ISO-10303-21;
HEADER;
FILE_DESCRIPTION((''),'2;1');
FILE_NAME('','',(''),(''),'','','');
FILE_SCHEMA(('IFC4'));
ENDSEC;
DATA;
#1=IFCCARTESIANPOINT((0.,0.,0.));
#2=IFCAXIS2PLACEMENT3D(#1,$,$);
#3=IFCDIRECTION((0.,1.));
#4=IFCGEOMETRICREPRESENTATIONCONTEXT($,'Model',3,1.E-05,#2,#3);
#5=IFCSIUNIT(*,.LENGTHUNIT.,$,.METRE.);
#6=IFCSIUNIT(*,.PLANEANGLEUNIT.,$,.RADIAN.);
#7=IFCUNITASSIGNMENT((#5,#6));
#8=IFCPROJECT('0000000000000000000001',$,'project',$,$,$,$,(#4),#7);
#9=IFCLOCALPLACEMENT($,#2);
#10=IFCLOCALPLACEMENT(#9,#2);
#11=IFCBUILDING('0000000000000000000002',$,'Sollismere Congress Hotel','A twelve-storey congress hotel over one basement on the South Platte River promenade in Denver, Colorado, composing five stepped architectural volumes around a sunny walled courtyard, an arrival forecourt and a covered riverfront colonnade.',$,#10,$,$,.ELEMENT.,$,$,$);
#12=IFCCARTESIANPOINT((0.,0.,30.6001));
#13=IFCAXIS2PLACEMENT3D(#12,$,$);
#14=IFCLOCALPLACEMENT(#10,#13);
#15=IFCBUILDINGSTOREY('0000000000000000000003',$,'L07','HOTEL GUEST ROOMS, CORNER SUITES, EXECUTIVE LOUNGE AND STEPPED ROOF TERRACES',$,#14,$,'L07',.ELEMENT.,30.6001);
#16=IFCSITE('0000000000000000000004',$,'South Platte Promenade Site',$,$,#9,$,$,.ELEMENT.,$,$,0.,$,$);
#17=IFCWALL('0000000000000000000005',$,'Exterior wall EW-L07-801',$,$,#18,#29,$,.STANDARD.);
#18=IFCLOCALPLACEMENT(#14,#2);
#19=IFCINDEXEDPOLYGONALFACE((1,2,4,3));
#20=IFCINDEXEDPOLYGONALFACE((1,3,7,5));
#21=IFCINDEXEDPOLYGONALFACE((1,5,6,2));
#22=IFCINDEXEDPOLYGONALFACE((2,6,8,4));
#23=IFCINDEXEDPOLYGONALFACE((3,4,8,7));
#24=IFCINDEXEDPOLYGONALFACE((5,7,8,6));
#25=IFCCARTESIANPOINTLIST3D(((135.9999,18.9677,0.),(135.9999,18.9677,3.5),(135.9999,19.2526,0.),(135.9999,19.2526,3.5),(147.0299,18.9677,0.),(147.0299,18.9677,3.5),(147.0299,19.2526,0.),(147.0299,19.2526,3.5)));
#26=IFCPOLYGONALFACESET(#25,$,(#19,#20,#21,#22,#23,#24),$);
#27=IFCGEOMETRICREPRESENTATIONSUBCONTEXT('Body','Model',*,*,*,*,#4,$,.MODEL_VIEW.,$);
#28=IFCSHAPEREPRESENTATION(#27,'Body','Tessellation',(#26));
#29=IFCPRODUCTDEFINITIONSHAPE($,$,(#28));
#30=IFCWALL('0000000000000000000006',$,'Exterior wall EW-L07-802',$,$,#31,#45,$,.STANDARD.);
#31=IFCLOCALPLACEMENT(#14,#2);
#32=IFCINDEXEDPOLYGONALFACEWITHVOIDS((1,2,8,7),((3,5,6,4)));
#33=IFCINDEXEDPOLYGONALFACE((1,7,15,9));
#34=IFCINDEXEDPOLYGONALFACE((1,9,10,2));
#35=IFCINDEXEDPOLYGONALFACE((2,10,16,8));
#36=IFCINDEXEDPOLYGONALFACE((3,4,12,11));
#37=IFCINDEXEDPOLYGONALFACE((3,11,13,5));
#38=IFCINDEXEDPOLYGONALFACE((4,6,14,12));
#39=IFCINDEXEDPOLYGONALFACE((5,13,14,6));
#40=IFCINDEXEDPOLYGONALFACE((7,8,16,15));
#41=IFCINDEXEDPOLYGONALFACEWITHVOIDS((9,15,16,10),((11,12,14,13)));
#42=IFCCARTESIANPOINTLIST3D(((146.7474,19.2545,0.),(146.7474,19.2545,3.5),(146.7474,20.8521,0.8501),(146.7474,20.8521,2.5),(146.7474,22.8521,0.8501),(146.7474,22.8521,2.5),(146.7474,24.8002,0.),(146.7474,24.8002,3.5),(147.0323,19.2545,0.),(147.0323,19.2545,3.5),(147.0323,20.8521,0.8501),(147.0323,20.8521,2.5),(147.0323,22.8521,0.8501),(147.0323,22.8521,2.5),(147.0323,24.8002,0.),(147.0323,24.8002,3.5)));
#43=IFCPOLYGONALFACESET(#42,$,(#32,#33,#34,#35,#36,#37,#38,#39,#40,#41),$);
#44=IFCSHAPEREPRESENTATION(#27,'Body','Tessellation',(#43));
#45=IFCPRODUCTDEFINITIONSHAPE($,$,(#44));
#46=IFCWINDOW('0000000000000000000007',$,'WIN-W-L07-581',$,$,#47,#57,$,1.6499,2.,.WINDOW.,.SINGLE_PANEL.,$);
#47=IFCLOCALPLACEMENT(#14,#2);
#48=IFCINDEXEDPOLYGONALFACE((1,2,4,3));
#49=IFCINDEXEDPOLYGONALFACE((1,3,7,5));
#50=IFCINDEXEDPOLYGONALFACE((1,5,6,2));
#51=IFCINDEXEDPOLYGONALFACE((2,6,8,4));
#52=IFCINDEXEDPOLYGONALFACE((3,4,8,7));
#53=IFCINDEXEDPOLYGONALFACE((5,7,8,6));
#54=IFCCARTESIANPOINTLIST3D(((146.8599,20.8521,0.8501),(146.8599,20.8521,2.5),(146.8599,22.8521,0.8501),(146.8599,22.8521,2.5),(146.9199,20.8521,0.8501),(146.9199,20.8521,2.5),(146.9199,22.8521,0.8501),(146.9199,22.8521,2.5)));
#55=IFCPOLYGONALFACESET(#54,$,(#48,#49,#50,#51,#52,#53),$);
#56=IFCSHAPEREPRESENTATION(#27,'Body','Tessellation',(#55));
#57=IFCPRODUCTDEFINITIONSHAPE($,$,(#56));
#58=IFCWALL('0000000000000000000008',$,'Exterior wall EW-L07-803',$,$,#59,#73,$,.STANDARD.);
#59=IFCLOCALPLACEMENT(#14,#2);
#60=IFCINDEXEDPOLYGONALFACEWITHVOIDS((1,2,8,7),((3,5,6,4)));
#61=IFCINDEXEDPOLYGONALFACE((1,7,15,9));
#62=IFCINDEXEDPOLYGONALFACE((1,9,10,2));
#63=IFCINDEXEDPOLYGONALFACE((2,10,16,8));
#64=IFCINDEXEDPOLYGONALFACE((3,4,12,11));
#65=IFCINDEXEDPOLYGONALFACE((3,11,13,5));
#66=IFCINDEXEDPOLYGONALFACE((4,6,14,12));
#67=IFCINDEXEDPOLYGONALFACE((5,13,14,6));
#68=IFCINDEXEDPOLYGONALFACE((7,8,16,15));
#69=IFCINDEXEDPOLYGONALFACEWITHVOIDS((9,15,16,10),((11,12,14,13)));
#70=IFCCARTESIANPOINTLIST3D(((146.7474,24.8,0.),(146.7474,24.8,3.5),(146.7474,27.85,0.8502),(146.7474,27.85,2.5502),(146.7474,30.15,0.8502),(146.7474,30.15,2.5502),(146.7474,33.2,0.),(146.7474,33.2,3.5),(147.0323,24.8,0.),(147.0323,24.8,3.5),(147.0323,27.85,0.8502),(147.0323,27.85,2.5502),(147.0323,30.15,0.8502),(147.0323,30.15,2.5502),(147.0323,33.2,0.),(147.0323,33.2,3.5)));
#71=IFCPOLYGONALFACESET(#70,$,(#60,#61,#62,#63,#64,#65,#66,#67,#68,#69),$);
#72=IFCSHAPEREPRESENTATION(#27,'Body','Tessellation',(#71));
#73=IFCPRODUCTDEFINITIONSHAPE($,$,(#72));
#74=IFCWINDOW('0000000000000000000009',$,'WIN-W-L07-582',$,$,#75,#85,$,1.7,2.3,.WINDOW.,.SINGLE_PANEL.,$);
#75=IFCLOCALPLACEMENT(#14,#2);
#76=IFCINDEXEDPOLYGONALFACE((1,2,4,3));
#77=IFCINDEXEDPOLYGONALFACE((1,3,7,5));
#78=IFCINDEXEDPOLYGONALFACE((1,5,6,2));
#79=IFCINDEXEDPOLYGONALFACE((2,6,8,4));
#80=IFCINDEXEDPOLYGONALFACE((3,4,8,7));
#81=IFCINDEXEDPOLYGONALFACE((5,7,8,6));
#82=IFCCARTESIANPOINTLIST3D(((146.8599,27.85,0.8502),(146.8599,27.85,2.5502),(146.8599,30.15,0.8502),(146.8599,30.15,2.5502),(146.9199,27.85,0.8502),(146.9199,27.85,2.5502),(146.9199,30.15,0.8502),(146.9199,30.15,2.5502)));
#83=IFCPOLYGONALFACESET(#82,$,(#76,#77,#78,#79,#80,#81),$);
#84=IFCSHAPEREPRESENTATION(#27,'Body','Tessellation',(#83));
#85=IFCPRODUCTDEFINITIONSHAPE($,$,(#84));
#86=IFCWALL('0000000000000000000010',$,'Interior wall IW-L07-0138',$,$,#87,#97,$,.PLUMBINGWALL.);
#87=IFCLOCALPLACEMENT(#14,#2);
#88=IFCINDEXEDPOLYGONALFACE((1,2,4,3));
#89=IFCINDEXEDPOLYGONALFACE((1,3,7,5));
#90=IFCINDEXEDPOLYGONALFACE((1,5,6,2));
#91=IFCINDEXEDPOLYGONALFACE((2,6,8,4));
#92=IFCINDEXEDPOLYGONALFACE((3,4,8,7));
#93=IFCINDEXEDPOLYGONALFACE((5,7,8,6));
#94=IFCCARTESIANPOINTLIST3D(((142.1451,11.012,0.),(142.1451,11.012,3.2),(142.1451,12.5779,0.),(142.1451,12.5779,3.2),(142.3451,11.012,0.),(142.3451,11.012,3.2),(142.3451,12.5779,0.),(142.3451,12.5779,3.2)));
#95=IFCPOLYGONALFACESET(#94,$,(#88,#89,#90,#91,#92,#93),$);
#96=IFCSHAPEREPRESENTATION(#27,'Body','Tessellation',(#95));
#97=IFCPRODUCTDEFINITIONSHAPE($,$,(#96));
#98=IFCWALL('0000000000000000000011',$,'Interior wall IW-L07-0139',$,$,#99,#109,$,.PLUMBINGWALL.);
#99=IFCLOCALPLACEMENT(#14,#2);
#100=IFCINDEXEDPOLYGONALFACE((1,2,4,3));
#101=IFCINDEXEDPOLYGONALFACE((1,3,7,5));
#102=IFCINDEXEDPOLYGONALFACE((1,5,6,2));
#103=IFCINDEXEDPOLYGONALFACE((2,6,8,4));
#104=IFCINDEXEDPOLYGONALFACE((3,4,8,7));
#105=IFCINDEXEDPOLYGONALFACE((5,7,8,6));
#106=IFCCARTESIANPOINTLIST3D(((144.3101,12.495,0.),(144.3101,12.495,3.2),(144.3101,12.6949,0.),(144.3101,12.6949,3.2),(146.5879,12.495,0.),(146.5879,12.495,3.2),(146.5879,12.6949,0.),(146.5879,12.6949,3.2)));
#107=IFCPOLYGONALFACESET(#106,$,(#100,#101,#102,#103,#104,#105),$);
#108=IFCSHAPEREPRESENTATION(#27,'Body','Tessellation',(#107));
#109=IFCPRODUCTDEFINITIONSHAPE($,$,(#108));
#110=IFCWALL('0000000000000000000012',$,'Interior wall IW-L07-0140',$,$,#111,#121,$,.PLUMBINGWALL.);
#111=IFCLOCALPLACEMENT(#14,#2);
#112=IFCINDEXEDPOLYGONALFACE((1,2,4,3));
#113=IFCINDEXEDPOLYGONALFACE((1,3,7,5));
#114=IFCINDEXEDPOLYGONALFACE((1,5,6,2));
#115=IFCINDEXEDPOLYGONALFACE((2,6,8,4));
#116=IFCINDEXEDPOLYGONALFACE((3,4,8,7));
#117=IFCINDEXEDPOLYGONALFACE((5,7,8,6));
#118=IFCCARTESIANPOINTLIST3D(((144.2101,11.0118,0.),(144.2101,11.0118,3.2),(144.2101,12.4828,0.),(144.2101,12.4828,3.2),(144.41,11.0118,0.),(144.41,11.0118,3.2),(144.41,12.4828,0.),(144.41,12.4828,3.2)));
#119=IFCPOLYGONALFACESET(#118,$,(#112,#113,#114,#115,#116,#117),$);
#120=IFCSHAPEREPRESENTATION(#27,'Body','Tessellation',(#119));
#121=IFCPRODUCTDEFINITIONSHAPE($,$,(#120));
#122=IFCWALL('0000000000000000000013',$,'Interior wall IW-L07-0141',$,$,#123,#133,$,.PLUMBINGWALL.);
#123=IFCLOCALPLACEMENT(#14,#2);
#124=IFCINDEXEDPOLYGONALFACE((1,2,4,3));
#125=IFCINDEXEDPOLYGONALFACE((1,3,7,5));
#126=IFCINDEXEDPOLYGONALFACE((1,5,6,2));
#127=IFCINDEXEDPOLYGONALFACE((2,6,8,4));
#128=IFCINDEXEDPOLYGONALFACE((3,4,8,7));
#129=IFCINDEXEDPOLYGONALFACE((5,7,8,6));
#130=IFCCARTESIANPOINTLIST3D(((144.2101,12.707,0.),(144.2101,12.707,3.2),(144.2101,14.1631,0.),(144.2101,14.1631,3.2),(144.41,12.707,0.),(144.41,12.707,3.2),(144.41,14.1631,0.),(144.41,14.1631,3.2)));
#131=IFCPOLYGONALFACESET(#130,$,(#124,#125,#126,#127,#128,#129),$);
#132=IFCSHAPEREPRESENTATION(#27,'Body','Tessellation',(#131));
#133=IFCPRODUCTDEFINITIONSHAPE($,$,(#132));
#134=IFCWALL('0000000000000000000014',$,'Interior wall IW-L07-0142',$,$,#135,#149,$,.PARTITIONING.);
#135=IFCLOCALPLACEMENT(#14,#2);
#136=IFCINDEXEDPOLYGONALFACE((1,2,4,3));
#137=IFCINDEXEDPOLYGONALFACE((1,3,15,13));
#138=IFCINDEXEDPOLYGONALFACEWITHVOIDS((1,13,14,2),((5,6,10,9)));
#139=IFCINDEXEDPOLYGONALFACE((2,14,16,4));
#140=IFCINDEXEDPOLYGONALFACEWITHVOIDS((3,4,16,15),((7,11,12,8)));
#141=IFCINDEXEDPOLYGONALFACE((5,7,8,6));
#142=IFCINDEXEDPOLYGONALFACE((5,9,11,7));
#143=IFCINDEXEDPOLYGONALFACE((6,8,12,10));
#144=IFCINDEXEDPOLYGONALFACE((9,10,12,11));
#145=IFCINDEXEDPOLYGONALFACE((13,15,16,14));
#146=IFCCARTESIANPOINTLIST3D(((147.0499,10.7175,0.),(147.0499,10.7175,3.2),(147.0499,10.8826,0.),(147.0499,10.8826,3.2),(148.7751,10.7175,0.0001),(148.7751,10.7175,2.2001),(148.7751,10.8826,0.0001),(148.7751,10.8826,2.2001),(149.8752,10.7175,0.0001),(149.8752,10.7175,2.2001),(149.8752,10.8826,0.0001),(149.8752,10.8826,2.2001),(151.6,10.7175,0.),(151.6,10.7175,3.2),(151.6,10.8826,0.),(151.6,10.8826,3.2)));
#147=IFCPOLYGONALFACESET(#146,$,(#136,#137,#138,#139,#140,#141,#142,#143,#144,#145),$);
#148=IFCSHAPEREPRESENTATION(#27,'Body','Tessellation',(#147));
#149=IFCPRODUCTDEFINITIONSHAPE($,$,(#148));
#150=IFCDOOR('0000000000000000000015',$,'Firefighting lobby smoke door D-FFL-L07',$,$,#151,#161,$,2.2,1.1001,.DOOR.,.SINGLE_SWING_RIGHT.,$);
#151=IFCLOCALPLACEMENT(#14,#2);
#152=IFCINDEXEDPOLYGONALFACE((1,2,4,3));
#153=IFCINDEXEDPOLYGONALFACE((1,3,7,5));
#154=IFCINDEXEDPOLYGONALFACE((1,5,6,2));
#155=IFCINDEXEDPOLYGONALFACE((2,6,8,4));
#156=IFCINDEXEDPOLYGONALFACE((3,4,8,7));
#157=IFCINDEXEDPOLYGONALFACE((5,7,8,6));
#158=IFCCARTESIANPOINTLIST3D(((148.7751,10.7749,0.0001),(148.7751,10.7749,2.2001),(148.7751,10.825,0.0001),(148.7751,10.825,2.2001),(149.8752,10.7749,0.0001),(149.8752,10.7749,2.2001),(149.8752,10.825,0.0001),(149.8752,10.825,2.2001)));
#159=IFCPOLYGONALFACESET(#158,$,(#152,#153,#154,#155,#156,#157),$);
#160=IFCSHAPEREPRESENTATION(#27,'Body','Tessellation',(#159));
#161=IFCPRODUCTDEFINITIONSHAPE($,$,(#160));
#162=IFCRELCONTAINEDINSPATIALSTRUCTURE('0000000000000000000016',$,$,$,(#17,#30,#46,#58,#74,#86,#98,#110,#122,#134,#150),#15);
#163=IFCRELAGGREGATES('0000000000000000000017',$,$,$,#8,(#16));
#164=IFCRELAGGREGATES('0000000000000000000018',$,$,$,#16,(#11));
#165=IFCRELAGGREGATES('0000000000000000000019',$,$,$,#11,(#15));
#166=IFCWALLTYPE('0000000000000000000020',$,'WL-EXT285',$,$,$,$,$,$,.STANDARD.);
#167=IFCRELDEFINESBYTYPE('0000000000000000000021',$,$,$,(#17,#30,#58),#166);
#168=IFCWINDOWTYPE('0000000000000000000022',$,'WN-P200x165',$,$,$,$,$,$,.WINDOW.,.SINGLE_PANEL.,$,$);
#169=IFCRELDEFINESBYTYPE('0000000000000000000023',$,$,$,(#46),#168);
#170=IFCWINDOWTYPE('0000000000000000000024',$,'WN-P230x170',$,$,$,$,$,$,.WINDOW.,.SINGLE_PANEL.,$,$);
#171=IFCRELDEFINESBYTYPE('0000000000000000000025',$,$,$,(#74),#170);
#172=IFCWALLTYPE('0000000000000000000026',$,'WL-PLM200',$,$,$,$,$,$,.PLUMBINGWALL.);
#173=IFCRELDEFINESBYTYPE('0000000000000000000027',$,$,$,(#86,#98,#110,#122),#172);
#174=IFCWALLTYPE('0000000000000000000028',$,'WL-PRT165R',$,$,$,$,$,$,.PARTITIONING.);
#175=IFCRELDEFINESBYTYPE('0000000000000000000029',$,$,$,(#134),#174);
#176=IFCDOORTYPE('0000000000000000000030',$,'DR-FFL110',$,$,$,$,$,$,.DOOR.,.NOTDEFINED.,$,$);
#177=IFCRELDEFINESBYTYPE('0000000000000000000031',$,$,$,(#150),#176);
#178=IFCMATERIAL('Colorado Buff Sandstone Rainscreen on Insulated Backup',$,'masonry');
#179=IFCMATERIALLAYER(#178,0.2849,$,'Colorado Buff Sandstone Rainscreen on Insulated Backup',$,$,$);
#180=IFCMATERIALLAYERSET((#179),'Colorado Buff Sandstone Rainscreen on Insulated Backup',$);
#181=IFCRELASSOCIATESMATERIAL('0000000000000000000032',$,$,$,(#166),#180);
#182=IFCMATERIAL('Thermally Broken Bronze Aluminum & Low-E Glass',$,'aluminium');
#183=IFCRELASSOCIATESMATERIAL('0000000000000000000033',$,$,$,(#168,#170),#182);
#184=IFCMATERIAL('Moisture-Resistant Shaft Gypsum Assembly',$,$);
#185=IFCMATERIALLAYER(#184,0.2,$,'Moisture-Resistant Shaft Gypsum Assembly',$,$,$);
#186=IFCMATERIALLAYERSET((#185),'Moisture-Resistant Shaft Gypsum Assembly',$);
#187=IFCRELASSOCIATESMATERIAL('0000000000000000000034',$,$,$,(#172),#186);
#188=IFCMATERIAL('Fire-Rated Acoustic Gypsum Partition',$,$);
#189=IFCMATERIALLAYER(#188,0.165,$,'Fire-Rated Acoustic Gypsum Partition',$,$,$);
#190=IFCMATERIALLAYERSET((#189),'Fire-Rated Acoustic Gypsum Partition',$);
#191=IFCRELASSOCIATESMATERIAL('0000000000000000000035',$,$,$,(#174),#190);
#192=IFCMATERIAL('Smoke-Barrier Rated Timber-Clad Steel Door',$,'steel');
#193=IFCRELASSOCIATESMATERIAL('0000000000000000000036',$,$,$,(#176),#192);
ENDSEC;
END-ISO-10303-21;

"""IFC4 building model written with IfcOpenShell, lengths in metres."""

from ifc_helpers import new_model, si_unit, direction, frame, frame_2d, origin, place, context, subcontext, project, spatial, rectangle, extrude, material, layer, layer_set, type_object, element, fill, save


model = new_model("IFC4")

# Units and contexts
model_context = context("Model", 3, precision=1e-05, world=origin(), true_north=direction((0.0, 1.0)))
body_context = subcontext(model_context, "Body", "Model", "MODEL_VIEW")
ifc_project = project(units=[si_unit("LENGTHUNIT", "METRE"), si_unit("PLANEANGLEUNIT", "RADIAN")], contexts=[model_context])

# Site, building, storey
site_placement = place(None, origin())
site = spatial("IfcSite", under=ifc_project, at=site_placement, Name="South Platte Promenade Site", CompositionType="ELEMENT", RefElevation=0.0)
building_placement = place(site_placement, origin())
building = spatial("IfcBuilding", under=site, at=building_placement, Name="Sollismere Congress Hotel", Description="A twelve-storey congress hotel over one basement on the South Platte River promenade in Denver, Colorado, composing five stepped architectural volumes around a sunny walled courtyard, an arrival forecourt and a covered riverfront colonnade.", CompositionType="ELEMENT")
storey_placement = place(building_placement, frame((0.0, 0.0, 30.6001)))
storey = spatial("IfcBuildingStorey", under=building, at=storey_placement, Name="L07", Description="HOTEL GUEST ROOMS, CORNER SUITES, EXECUTIVE LOUNGE AND STEPPED ROOF TERRACES", LongName="L07", CompositionType="ELEMENT", Elevation=30.6001)

# Wall
ifc_material_1 = material(Name="Colorado Buff Sandstone Rainscreen on Insulated Backup", Category="masonry")
ifc_layer_1 = layer(ifc_material_1, 0.2849, Name="Colorado Buff Sandstone Rainscreen on Insulated Backup")
ifc_layer_set_1 = layer_set([ifc_layer_1], Name="Colorado Buff Sandstone Rainscreen on Insulated Backup")
wall_type_1 = type_object("IfcWallType", Name="WL-EXT285", PredefinedType="STANDARD", material=ifc_layer_set_1)
wall_1_placement = place(storey_placement, frame((147.03, 19.1101, 0.0), z_axis=(0.0, 0.0, 1.0), x_axis=(-1.0, 0.0, 0.0)))
element("IfcWall", 1, at=wall_1_placement, inside=storey, type_object=wall_type_1, Name="Exterior wall EW-L07-801", PredefinedType="STANDARD", context=body_context, shape_type="SweptSolid", body=[
    extrude(rectangle(XDim=11.03, YDim=0.2849, at=frame_2d((5.5151, 0.0))), origin(), (0.0, 0.0, 1.0), 3.5),
])

# Walls, openings, windows
wall_2_placement = place(storey_placement, frame((146.8899, 19.2544, 0.0), z_axis=(0.0, 0.0, 1.0), x_axis=(0.0, 1.0, 0.0)))
wall_2 = element("IfcWall", 2, at=wall_2_placement, inside=storey, type_object=wall_type_1, Name="Exterior wall EW-L07-802", PredefinedType="STANDARD", context=body_context, shape_type="SweptSolid", body=[
    extrude(rectangle(XDim=5.5457, YDim=0.2849, at=frame_2d((2.7729, 0.0))), origin(), (0.0, 0.0, 1.0), 3.5),
])
opening_1_placement = place(wall_2_placement, frame((1.5977, 0.0, 0.8501)))
opening_1 = element("IfcOpeningElement", 3, at=opening_1_placement, cuts=wall_2, PredefinedType="OPENING", context=body_context, shape_type="SweptSolid", body=[
    extrude(rectangle(XDim=2.0, YDim=1.6499, at=frame_2d((1.0, 0.825))), frame((0.0, 0.1523, 0.0), z_axis=(0.0, -1.0, 0.0), x_axis=(1.0, 0.0, 0.0)), (0.0, 0.0, 1.0), 0.3049),
])
ifc_material_2 = material(Name="Thermally Broken Bronze Aluminum & Low-E Glass", Category="aluminium")
window_type_1 = type_object("IfcWindowType", Name="WN-P200x165", PartitioningType="SINGLE_PANEL", PredefinedType="WINDOW", material=ifc_material_2)
window_1_placement = place(opening_1_placement, origin())
window_1 = element("IfcWindow", 4, at=window_1_placement, inside=storey, type_object=window_type_1, Name="WIN-W-L07-581", OverallHeight=1.6499, OverallWidth=2.0, PartitioningType="SINGLE_PANEL", PredefinedType="WINDOW", context=body_context, shape_type="SweptSolid", body=[
    extrude(rectangle(XDim=2.0, YDim=1.6499, at=frame_2d((1.0, 0.825))), frame((0.0, 0.03, 0.0), z_axis=(0.0, -1.0, 0.0), x_axis=(1.0, 0.0, 0.0)), (0.0, 0.0, 1.0), 0.0601),
])
fill(opening_1, window_1)
wall_3_placement = place(storey_placement, frame((146.8899, 24.8, 0.0), z_axis=(0.0, 0.0, 1.0), x_axis=(0.0, 1.0, 0.0)))
wall_3 = element("IfcWall", 5, at=wall_3_placement, inside=storey, type_object=wall_type_1, Name="Exterior wall EW-L07-803", PredefinedType="STANDARD", context=body_context, shape_type="SweptSolid", body=[
    extrude(rectangle(XDim=8.3999, YDim=0.2849, at=frame_2d((4.2, 0.0))), origin(), (0.0, 0.0, 1.0), 3.5),
])
opening_2_placement = place(wall_3_placement, frame((3.05, 0.0, 0.8501)))
opening_2 = element("IfcOpeningElement", 6, at=opening_2_placement, cuts=wall_3, PredefinedType="OPENING", context=body_context, shape_type="SweptSolid", body=[
    extrude(rectangle(XDim=2.3, YDim=1.7, at=frame_2d((1.1499, 0.8501))), frame((0.0, 0.1523, 0.0), z_axis=(0.0, -1.0, 0.0), x_axis=(1.0, 0.0, 0.0)), (0.0, 0.0, 1.0), 0.3049),
])
window_type_2 = type_object("IfcWindowType", Name="WN-P230x170", PartitioningType="SINGLE_PANEL", PredefinedType="WINDOW", material=ifc_material_2)
window_2_placement = place(opening_2_placement, origin())
window_2 = element("IfcWindow", 7, at=window_2_placement, inside=storey, type_object=window_type_2, Name="WIN-W-L07-582", OverallHeight=1.7, OverallWidth=2.3, PartitioningType="SINGLE_PANEL", PredefinedType="WINDOW", context=body_context, shape_type="SweptSolid", body=[
    extrude(rectangle(XDim=2.3, YDim=1.7, at=frame_2d((1.1499, 0.8501))), frame((0.0, 0.03, 0.0), z_axis=(0.0, -1.0, 0.0), x_axis=(1.0, 0.0, 0.0)), (0.0, 0.0, 1.0), 0.0601),
])
fill(opening_2, window_2)

# Walls
ifc_material_3 = material(Name="Moisture-Resistant Shaft Gypsum Assembly")
ifc_layer_2 = layer(ifc_material_3, 0.2, Name="Moisture-Resistant Shaft Gypsum Assembly")
ifc_layer_set_2 = layer_set([ifc_layer_2], Name="Moisture-Resistant Shaft Gypsum Assembly")
wall_type_2 = type_object("IfcWallType", Name="WL-PLM200", PredefinedType="PLUMBINGWALL", material=ifc_layer_set_2)
wall_4_placement = place(storey_placement, frame((142.2451, 11.012, 0.0), z_axis=(0.0, 0.0, 1.0), x_axis=(0.0, 1.0, 0.0)))
element("IfcWall", 8, at=wall_4_placement, inside=storey, type_object=wall_type_2, Name="Interior wall IW-L07-0138", PredefinedType="PLUMBINGWALL", context=body_context, shape_type="SweptSolid", body=[
    extrude(rectangle(XDim=1.5659, YDim=0.2, at=frame_2d((0.783, 0.0))), origin(), (0.0, 0.0, 1.0), 3.2),
])
wall_5_placement = place(storey_placement, frame((144.3101, 12.595, 0.0), z_axis=(0.0, 0.0, 1.0), x_axis=(1.0, 0.0, 0.0)))
element("IfcWall", 9, at=wall_5_placement, inside=storey, type_object=wall_type_2, Name="Interior wall IW-L07-0139", PredefinedType="PLUMBINGWALL", context=body_context, shape_type="SweptSolid", body=[
    extrude(rectangle(XDim=2.2778, YDim=0.2, at=frame_2d((1.1389, 0.0))), origin(), (0.0, 0.0, 1.0), 3.2),
])
wall_6_placement = place(storey_placement, frame((144.3101, 11.012, 0.0), z_axis=(0.0, 0.0, 1.0), x_axis=(0.0, 1.0, 0.0)))
element("IfcWall", 10, at=wall_6_placement, inside=storey, type_object=wall_type_2, Name="Interior wall IW-L07-0140", PredefinedType="PLUMBINGWALL", context=body_context, shape_type="SweptSolid", body=[
    extrude(rectangle(XDim=1.4709, YDim=0.2, at=frame_2d((0.7354, 0.0))), origin(), (0.0, 0.0, 1.0), 3.2),
])
wall_7_placement = place(storey_placement, frame((144.3101, 12.707, 0.0), z_axis=(0.0, 0.0, 1.0), x_axis=(0.0, 1.0, 0.0)))
element("IfcWall", 11, at=wall_7_placement, inside=storey, type_object=wall_type_2, Name="Interior wall IW-L07-0141", PredefinedType="PLUMBINGWALL", context=body_context, shape_type="SweptSolid", body=[
    extrude(rectangle(XDim=1.4561, YDim=0.2, at=frame_2d((0.728, 0.0))), origin(), (0.0, 0.0, 1.0), 3.2),
])

# Wall, opening, door
ifc_material_4 = material(Name="Fire-Rated Acoustic Gypsum Partition")
ifc_layer_3 = layer(ifc_material_4, 0.165, Name="Fire-Rated Acoustic Gypsum Partition")
ifc_layer_set_3 = layer_set([ifc_layer_3], Name="Fire-Rated Acoustic Gypsum Partition")
wall_type_3 = type_object("IfcWallType", Name="WL-PRT165R", PredefinedType="PARTITIONING", material=ifc_layer_set_3)
wall_8_placement = place(storey_placement, frame((147.05, 10.8, 0.0), z_axis=(0.0, 0.0, 1.0), x_axis=(1.0, 0.0, 0.0)))
wall_8 = element("IfcWall", 12, at=wall_8_placement, inside=storey, type_object=wall_type_3, Name="Interior wall IW-L07-0142", PredefinedType="PARTITIONING", context=body_context, shape_type="SweptSolid", body=[
    extrude(rectangle(XDim=4.55, YDim=0.165, at=frame_2d((2.2749, 0.0))), origin(), (0.0, 0.0, 1.0), 3.2),
])
opening_3_placement = place(wall_8_placement, frame((1.7251, 0.0, 0.0)))
opening_3 = element("IfcOpeningElement", 13, at=opening_3_placement, cuts=wall_8, PredefinedType="OPENING", context=body_context, shape_type="SweptSolid", body=[
    extrude(rectangle(XDim=1.1001, YDim=2.2, at=frame_2d((0.55, 1.1001))), frame((0.0, 0.0925, 0.0), z_axis=(0.0, -1.0, 0.0), x_axis=(1.0, 0.0, 0.0)), (0.0, 0.0, 1.0), 0.1851),
])
ifc_material_5 = material(Name="Smoke-Barrier Rated Timber-Clad Steel Door", Category="steel")
door_type_1 = type_object("IfcDoorType", Name="DR-FFL110", OperationType="NOTDEFINED", PredefinedType="DOOR", material=ifc_material_5)
door_1_placement = place(opening_3_placement, origin())
door_1 = element("IfcDoor", 14, at=door_1_placement, inside=storey, type_object=door_type_1, Name="Firefighting lobby smoke door D-FFL-L07", OperationType="SINGLE_SWING_RIGHT", OverallHeight=2.2, OverallWidth=1.1001, PredefinedType="DOOR", context=body_context, shape_type="SweptSolid", body=[
    extrude(rectangle(XDim=1.1001, YDim=2.2, at=frame_2d((0.55, 1.1001))), frame((0.0, 0.0249, 0.0), z_axis=(0.0, -1.0, 0.0), x_axis=(1.0, 0.0, 0.0)), (0.0, 0.0, 1.0), 0.05),
])
fill(opening_3, door_1)

save(model, "model.ifc")
